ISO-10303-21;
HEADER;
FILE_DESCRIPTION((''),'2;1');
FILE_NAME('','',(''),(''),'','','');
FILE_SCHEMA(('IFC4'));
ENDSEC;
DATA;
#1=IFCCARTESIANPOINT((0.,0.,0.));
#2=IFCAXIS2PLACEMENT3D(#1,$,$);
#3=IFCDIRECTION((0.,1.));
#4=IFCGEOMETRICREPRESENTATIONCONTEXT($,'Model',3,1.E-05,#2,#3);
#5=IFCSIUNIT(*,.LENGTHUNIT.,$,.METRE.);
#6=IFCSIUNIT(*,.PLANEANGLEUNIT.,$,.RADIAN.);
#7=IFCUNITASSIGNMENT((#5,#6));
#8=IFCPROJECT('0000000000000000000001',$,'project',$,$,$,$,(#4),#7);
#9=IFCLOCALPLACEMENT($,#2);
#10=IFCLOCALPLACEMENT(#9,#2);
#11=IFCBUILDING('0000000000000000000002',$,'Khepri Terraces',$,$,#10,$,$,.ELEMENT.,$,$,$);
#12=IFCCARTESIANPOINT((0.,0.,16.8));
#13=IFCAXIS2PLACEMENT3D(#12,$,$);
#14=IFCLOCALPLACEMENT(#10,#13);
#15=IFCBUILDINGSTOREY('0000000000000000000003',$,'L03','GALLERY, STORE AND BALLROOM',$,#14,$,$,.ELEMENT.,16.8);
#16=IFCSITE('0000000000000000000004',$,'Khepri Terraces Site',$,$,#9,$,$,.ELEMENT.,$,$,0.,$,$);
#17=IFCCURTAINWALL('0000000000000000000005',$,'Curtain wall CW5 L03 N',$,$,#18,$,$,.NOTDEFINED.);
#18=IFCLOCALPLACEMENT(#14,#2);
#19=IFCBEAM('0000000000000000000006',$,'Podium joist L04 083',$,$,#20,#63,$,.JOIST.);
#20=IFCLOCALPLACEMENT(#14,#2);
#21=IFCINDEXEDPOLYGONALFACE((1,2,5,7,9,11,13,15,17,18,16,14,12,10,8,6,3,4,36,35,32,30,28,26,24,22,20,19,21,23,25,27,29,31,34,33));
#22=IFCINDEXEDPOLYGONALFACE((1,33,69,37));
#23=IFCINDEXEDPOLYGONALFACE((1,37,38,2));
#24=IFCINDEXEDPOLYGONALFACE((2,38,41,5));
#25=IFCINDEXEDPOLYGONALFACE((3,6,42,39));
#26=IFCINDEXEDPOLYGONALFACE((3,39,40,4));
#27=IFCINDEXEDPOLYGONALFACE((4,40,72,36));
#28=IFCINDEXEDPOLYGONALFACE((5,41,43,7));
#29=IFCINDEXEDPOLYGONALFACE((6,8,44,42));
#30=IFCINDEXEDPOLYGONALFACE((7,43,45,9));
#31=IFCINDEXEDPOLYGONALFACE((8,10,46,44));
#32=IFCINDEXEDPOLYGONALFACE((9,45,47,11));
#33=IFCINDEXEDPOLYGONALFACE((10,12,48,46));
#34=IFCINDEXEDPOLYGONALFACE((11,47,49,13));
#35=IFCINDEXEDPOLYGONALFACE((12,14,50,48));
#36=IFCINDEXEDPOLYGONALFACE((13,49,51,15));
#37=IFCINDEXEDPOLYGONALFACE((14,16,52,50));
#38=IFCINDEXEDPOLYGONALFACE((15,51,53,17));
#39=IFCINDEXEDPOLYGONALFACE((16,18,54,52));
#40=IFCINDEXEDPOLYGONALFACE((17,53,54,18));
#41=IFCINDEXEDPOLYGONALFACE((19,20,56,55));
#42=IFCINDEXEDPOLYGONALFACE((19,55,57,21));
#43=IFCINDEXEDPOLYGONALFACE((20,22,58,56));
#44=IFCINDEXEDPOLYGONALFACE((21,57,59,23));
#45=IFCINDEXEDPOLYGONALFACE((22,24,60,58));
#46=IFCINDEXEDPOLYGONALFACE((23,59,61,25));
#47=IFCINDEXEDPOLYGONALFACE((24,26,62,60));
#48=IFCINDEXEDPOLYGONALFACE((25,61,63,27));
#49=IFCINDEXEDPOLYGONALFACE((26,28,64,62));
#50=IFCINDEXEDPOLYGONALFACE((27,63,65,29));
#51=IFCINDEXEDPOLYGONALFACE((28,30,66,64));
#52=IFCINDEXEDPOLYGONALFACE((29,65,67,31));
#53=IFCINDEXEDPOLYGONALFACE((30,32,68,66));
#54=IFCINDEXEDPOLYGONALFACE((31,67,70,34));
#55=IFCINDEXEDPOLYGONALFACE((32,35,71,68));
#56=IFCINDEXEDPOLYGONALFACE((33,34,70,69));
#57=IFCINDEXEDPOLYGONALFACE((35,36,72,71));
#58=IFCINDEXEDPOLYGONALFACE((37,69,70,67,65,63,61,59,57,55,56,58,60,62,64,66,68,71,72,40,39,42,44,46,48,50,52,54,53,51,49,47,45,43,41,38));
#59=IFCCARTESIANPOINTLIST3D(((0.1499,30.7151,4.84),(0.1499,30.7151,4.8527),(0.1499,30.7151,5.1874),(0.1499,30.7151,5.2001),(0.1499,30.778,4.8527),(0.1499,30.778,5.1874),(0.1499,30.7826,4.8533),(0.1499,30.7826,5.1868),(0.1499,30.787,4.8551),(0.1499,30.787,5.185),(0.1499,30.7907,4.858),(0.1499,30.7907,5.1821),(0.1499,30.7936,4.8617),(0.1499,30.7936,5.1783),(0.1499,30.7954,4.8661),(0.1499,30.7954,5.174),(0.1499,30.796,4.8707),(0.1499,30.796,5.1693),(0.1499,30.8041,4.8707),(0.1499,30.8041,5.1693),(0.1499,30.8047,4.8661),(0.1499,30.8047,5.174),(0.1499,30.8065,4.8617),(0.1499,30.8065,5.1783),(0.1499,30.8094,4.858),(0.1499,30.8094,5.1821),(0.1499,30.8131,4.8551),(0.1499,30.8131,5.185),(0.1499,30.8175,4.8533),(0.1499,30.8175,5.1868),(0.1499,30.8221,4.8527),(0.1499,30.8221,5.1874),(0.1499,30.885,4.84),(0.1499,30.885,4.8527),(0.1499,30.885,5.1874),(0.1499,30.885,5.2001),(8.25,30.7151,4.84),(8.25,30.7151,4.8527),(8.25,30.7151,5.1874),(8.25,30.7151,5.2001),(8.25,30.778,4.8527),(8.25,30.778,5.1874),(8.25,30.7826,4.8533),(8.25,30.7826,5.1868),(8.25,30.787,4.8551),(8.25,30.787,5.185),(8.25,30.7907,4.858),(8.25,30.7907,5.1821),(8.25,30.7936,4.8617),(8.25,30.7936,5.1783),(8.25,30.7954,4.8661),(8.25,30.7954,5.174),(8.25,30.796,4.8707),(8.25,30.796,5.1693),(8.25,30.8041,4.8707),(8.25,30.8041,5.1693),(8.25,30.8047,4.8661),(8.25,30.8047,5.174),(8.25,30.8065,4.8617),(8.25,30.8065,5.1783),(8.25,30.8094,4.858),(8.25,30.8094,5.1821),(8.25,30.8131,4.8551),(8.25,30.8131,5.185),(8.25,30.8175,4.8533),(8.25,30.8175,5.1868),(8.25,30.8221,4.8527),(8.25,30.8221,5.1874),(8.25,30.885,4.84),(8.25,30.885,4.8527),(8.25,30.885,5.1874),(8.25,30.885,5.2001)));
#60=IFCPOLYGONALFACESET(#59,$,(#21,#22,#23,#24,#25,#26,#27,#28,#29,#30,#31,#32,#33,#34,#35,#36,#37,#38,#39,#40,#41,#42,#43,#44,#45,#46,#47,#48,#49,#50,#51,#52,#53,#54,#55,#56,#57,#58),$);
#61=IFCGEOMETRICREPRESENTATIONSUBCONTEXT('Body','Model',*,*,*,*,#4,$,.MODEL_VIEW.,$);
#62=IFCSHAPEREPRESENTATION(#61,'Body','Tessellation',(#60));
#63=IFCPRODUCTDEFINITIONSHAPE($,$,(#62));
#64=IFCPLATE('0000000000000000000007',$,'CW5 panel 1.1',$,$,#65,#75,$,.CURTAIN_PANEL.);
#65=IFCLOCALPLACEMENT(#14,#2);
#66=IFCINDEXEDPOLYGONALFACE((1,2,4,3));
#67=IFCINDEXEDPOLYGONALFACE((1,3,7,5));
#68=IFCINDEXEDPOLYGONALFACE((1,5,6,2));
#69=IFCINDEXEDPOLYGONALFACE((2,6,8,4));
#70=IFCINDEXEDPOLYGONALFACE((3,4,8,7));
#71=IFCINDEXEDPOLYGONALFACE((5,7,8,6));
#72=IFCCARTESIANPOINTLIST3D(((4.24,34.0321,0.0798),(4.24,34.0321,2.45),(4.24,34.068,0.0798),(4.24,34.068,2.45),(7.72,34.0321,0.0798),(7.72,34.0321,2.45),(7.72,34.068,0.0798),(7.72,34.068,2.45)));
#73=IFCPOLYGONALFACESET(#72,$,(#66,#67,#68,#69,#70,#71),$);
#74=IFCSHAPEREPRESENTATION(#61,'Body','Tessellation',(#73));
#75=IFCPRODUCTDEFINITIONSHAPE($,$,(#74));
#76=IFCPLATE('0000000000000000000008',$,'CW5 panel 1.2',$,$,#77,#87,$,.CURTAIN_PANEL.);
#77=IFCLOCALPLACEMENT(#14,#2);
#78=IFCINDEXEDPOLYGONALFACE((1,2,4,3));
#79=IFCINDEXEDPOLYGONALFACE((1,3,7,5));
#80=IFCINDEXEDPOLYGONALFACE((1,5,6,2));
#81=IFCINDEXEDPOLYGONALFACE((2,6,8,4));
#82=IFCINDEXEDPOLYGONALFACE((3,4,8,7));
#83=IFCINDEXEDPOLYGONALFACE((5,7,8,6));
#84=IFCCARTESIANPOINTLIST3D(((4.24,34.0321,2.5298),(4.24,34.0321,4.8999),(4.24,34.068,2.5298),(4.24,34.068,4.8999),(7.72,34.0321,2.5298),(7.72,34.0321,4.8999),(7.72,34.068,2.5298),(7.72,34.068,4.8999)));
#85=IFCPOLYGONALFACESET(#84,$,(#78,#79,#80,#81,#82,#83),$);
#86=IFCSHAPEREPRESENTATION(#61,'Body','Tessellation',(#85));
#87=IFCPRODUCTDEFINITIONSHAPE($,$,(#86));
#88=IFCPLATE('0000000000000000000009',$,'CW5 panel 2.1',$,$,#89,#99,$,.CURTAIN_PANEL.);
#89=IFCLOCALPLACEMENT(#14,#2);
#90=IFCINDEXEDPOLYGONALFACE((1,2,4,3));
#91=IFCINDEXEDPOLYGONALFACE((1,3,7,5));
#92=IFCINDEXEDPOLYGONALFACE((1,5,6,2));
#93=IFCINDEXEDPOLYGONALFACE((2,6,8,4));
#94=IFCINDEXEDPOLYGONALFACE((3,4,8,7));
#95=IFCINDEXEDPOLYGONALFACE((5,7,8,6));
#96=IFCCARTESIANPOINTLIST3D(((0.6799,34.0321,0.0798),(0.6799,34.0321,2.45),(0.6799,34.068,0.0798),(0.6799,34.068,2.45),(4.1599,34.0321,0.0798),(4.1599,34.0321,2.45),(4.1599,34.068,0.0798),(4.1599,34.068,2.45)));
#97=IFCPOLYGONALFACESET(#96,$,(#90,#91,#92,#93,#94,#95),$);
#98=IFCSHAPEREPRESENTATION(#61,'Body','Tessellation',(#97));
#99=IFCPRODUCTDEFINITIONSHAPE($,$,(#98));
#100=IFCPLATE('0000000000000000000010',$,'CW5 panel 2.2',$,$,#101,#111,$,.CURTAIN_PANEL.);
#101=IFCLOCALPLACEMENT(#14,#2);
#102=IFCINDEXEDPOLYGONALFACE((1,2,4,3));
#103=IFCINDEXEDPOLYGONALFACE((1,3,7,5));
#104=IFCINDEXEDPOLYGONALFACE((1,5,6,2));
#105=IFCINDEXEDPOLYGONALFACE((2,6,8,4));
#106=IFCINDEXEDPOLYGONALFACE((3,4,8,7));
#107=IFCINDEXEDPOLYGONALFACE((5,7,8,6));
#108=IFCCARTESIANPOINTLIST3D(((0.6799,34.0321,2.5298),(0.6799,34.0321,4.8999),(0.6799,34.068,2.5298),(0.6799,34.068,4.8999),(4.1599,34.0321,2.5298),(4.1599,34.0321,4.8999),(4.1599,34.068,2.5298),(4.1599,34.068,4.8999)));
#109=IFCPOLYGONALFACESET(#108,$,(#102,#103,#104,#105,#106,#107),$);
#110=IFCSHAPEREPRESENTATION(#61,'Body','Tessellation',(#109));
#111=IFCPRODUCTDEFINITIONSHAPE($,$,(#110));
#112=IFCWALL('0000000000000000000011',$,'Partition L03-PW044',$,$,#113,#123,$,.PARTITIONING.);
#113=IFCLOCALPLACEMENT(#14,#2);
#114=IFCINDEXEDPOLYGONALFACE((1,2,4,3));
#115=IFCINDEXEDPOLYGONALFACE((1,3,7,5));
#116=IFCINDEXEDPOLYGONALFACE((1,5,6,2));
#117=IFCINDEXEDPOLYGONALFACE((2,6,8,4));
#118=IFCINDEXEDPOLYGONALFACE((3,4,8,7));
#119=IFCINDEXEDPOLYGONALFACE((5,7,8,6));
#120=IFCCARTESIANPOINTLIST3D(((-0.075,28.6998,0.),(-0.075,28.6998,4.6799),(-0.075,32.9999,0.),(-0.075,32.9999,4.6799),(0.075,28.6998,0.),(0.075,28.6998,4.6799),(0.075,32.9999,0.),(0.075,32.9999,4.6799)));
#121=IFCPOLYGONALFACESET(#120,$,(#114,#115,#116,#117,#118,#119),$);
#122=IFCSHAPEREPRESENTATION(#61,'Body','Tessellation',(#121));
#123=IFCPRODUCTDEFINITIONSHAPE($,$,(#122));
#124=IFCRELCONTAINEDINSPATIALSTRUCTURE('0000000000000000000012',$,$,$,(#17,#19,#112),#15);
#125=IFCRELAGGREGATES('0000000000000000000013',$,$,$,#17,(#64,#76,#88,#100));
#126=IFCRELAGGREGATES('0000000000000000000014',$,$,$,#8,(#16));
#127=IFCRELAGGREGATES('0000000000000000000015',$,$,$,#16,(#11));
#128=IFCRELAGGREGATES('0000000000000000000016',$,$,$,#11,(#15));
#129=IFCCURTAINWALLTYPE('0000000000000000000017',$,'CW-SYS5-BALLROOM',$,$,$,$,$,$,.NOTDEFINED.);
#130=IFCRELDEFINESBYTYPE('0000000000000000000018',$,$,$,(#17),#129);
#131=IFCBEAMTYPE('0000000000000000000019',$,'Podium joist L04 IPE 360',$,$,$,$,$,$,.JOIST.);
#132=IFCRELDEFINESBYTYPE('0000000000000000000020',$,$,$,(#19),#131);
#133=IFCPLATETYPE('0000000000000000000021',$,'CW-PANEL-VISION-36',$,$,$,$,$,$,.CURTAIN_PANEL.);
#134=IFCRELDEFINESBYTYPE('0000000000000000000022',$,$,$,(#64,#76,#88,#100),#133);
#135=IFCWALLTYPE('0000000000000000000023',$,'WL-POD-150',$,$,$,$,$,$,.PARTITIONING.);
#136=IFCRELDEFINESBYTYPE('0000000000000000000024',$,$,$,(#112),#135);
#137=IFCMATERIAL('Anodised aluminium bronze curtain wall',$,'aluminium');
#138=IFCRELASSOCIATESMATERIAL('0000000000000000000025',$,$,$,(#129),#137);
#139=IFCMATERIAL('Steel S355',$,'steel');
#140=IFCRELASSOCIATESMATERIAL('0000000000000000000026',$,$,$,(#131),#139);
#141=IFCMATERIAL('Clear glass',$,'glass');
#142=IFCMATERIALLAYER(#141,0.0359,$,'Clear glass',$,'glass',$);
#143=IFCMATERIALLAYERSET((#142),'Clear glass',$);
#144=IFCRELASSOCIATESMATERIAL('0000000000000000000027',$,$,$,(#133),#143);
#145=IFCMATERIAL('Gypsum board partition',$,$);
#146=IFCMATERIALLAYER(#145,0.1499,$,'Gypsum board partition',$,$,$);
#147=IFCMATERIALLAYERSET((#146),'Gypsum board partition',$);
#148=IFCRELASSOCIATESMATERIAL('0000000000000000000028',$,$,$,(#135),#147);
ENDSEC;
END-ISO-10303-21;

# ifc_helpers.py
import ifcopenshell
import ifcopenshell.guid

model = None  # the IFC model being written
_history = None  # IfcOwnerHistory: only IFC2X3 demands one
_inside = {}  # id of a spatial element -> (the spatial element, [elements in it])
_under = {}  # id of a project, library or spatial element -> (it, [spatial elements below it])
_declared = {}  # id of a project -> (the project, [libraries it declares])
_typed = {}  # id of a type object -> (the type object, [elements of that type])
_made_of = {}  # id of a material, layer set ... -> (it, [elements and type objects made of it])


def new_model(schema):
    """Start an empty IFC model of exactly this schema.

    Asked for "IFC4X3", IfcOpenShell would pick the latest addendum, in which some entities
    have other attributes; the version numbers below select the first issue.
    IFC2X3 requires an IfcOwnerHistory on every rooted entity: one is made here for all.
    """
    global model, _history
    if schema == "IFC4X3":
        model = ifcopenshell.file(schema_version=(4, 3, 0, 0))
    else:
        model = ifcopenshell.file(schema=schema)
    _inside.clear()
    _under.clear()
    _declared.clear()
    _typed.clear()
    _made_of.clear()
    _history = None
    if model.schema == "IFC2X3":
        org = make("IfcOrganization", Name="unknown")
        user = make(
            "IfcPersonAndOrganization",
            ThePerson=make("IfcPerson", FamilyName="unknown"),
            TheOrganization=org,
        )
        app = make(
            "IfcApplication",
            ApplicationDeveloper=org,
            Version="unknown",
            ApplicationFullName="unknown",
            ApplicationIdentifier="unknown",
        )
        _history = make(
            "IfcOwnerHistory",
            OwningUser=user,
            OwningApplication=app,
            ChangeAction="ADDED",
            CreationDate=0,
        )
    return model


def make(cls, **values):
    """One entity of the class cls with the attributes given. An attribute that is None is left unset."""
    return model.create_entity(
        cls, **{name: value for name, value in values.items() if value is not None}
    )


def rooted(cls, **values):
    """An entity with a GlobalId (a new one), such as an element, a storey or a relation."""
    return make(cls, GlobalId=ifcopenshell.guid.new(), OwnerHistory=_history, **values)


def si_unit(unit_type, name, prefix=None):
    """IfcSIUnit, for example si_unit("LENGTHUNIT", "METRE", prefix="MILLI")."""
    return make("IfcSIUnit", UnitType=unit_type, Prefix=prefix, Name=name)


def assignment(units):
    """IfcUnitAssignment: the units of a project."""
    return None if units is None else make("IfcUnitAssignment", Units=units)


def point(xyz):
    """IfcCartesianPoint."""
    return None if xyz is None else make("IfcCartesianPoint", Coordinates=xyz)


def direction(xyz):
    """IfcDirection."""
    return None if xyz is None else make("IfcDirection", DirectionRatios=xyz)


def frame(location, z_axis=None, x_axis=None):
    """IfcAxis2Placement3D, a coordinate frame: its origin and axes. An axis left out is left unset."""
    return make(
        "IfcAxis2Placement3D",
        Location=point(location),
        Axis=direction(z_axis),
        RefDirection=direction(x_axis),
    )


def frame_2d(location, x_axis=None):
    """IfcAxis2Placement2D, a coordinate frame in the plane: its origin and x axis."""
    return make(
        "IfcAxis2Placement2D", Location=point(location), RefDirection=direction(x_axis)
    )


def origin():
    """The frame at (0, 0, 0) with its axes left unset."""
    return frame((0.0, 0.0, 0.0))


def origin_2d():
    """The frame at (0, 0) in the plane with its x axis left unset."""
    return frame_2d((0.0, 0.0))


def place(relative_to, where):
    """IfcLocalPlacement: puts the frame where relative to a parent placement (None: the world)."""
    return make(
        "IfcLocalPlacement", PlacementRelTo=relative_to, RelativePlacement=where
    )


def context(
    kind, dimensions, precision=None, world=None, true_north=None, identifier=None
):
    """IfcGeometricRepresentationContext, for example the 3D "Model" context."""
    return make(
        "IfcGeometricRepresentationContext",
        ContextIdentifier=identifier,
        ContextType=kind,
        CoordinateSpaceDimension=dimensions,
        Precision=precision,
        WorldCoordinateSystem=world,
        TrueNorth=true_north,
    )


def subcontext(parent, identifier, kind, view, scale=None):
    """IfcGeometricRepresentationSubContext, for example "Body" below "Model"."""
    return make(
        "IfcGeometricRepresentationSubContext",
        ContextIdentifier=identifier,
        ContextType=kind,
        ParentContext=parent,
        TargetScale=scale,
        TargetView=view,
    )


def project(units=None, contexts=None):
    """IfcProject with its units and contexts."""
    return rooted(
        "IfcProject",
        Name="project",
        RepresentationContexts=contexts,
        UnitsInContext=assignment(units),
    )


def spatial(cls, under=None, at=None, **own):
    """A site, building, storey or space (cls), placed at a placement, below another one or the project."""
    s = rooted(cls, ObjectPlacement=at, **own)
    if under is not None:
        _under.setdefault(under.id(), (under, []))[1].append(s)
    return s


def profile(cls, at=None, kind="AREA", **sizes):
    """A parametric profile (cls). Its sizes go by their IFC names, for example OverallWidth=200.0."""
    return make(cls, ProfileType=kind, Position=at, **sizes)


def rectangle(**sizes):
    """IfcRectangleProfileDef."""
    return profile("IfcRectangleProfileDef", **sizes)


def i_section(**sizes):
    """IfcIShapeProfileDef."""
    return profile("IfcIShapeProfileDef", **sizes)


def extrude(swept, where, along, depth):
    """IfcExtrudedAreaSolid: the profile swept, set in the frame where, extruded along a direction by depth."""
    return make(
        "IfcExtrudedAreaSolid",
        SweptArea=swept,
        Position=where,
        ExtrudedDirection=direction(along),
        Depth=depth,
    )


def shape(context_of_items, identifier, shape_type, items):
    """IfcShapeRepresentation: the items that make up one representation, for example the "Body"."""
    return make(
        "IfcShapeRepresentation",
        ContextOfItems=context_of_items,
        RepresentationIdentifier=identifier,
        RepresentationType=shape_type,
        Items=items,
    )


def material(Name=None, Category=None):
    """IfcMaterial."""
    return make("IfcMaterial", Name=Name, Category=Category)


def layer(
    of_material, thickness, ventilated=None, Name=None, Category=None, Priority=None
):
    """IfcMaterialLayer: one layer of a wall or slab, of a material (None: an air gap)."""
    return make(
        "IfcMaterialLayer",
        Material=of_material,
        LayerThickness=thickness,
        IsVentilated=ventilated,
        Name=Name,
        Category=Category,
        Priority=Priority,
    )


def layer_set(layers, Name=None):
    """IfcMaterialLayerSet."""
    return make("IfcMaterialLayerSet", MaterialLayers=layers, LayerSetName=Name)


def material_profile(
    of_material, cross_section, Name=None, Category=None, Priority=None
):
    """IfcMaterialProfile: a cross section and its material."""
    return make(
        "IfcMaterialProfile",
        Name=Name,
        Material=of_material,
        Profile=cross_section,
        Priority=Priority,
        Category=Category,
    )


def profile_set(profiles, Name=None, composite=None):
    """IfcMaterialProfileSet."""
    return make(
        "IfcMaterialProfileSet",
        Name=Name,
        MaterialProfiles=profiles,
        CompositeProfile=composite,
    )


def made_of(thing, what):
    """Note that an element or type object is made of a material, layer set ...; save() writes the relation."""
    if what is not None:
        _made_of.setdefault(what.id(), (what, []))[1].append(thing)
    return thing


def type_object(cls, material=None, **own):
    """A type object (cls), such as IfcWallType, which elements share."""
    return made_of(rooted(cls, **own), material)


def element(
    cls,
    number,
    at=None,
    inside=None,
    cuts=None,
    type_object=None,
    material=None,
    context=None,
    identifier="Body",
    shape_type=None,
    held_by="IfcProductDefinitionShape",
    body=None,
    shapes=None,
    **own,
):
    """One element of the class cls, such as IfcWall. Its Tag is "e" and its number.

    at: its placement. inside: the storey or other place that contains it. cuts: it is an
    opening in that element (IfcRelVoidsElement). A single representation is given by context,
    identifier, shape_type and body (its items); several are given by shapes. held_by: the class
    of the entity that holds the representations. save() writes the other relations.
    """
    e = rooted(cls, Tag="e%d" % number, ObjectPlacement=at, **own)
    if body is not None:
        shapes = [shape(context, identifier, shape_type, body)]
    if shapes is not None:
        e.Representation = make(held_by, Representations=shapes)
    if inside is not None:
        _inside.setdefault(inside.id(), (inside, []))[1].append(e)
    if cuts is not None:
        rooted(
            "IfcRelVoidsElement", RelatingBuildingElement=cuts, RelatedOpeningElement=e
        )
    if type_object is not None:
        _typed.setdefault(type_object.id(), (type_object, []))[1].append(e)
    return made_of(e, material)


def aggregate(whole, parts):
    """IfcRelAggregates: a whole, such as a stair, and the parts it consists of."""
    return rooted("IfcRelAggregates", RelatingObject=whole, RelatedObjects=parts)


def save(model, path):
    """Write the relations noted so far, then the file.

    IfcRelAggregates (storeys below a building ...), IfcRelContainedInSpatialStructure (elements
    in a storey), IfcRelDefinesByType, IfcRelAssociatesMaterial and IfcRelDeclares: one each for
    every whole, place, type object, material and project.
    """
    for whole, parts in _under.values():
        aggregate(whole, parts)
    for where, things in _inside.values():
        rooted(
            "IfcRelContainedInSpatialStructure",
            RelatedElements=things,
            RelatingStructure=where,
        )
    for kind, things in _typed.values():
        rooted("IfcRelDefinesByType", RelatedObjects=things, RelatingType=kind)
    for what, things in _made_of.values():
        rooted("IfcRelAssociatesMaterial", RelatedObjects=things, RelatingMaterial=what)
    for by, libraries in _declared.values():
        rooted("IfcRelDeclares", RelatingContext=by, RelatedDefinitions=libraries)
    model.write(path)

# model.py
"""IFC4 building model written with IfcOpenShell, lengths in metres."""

from ifc_helpers import new_model, si_unit, direction, frame, frame_2d, origin, origin_2d, place, context, subcontext, project, spatial, rectangle, i_section, extrude, material, layer, layer_set, material_profile, profile_set, type_object, element, aggregate, save


model = new_model("IFC4")

# Units and contexts
model_context = context("Model", 3, precision=1e-05, world=origin(), true_north=direction((0.0, 1.0)))
body_context = subcontext(model_context, "Body", "Model", "MODEL_VIEW")
ifc_project = project(units=[si_unit("LENGTHUNIT", "METRE"), si_unit("PLANEANGLEUNIT", "RADIAN")], contexts=[model_context])

# Site, building, storey
site_placement = place(None, origin())
site = spatial("IfcSite", under=ifc_project, at=site_placement, Name="Khepri Terraces Site", CompositionType="ELEMENT", RefElevation=0.0)
building_placement = place(site_placement, origin())
building = spatial("IfcBuilding", under=site, at=building_placement, Name="Khepri Terraces", CompositionType="ELEMENT")
storey_placement = place(building_placement, frame((0.0, 0.0, 16.8)))
storey = spatial("IfcBuildingStorey", under=building, at=storey_placement, Name="L03", Description="GALLERY, STORE AND BALLROOM", CompositionType="ELEMENT", Elevation=16.8)

# Curtain wall
ifc_material_1 = material(Name="Anodised aluminium bronze curtain wall", Category="aluminium")
curtain_wall_type = type_object("IfcCurtainWallType", Name="CW-SYS5-BALLROOM", PredefinedType="NOTDEFINED", material=ifc_material_1)
curtain_wall_placement = place(storey_placement, origin())
curtain_wall = element("IfcCurtainWall", 1, at=curtain_wall_placement, inside=storey, type_object=curtain_wall_type, Name="Curtain wall CW5 L03 N", PredefinedType="NOTDEFINED")

# Beam
ifc_material_2 = material(Name="Steel S355", Category="steel")
ifc_material_profile_1 = material_profile(ifc_material_2, i_section(OverallWidth=0.1699, OverallDepth=0.3601, WebThickness=0.0081, FlangeThickness=0.0127, FilletRadius=0.0181, at=origin_2d()), Name="Steel S355", Category="steel")
ifc_profile_set_1 = profile_set([ifc_material_profile_1], Name="Steel S355")
beam_type_1 = type_object("IfcBeamType", Name="Podium joist L04 IPE 360", PredefinedType="JOIST", material=ifc_profile_set_1)
for number, where, z_axis, x_axis, name in (
    (2, (0.1499, 30.8, 5.02), (1.0, 0.0, 0.0), (0.0, 1.0, 0.0), "Podium joist L04 083"),
):
    element("IfcBeam", number, at=place(storey_placement, frame(where, z_axis=z_axis, x_axis=x_axis)), inside=storey, type_object=beam_type_1, Name=name, PredefinedType="JOIST", context=body_context, shape_type="SweptSolid", body=[
        extrude(i_section(OverallWidth=0.1699, OverallDepth=0.3601, WebThickness=0.0081, FlangeThickness=0.0127, FilletRadius=0.0181, at=origin_2d()), origin(), (0.0, 0.0, 1.0), 8.1001),
    ])

# Plates
ifc_material_3 = material(Name="Clear glass", Category="glass")
ifc_layer_1 = layer(ifc_material_3, 0.0359, Name="Clear glass", Category="glass")
ifc_layer_set_1 = layer_set([ifc_layer_1], Name="Clear glass")
plate_type = type_object("IfcPlateType", Name="CW-PANEL-VISION-36", PredefinedType="CURTAIN_PANEL", material=ifc_layer_set_1)
plate_1_placement = place(storey_placement, frame((5.98, 34.05, 0.0798), z_axis=(0.0, 0.0, 1.0), x_axis=(-1.0, 0.0, 0.0)))
plate_1 = element("IfcPlate", 3, at=plate_1_placement, type_object=plate_type, Name="CW5 panel 1.1", PredefinedType="CURTAIN_PANEL", context=body_context, shape_type="SweptSolid", body=[
    extrude(rectangle(XDim=3.48, YDim=0.0359, at=origin_2d()), origin(), (0.0, 0.0, 1.0), 2.3701),
])
plate_2_placement = place(storey_placement, frame((5.98, 34.05, 2.5298), z_axis=(0.0, 0.0, 1.0), x_axis=(-1.0, 0.0, 0.0)))
plate_2 = element("IfcPlate", 4, at=plate_2_placement, type_object=plate_type, Name="CW5 panel 1.2", PredefinedType="CURTAIN_PANEL", context=body_context, shape_type="SweptSolid", body=[
    extrude(rectangle(XDim=3.48, YDim=0.0359, at=origin_2d()), origin(), (0.0, 0.0, 1.0), 2.3701),
])
plate_3_placement = place(storey_placement, frame((2.4199, 34.05, 0.0798), z_axis=(0.0, 0.0, 1.0), x_axis=(-1.0, 0.0, 0.0)))
plate_3 = element("IfcPlate", 5, at=plate_3_placement, type_object=plate_type, Name="CW5 panel 2.1", PredefinedType="CURTAIN_PANEL", context=body_context, shape_type="SweptSolid", body=[
    extrude(rectangle(XDim=3.48, YDim=0.0359, at=origin_2d()), origin(), (0.0, 0.0, 1.0), 2.3701),
])
plate_4_placement = place(storey_placement, frame((2.4199, 34.05, 2.5298), z_axis=(0.0, 0.0, 1.0), x_axis=(-1.0, 0.0, 0.0)))
plate_4 = element("IfcPlate", 6, at=plate_4_placement, type_object=plate_type, Name="CW5 panel 2.2", PredefinedType="CURTAIN_PANEL", context=body_context, shape_type="SweptSolid", body=[
    extrude(rectangle(XDim=3.48, YDim=0.0359, at=origin_2d()), origin(), (0.0, 0.0, 1.0), 2.3701),
])
aggregate(curtain_wall, [plate_1, plate_2, plate_3, plate_4])

# Wall
ifc_material_4 = material(Name="Gypsum board partition")
ifc_layer_2 = layer(ifc_material_4, 0.1499, Name="Gypsum board partition")
ifc_layer_set_2 = layer_set([ifc_layer_2], Name="Gypsum board partition")
wall_type = type_object("IfcWallType", Name="WL-POD-150", PredefinedType="PARTITIONING", material=ifc_layer_set_2)
wall_placement = place(storey_placement, frame((0.0, 28.7, 0.0), z_axis=(0.0, 0.0, 1.0), x_axis=(0.0, 1.0, 0.0)))
element("IfcWall", 7, at=wall_placement, inside=storey, type_object=wall_type, Name="Partition L03-PW044", PredefinedType="PARTITIONING", context=body_context, shape_type="SweptSolid", body=[
    extrude(rectangle(XDim=4.3, YDim=0.1499, at=frame_2d((2.1499, 0.0))), origin(), (0.0, 0.0, 1.0), 4.6799),
])

save(model, "model.ifc")
